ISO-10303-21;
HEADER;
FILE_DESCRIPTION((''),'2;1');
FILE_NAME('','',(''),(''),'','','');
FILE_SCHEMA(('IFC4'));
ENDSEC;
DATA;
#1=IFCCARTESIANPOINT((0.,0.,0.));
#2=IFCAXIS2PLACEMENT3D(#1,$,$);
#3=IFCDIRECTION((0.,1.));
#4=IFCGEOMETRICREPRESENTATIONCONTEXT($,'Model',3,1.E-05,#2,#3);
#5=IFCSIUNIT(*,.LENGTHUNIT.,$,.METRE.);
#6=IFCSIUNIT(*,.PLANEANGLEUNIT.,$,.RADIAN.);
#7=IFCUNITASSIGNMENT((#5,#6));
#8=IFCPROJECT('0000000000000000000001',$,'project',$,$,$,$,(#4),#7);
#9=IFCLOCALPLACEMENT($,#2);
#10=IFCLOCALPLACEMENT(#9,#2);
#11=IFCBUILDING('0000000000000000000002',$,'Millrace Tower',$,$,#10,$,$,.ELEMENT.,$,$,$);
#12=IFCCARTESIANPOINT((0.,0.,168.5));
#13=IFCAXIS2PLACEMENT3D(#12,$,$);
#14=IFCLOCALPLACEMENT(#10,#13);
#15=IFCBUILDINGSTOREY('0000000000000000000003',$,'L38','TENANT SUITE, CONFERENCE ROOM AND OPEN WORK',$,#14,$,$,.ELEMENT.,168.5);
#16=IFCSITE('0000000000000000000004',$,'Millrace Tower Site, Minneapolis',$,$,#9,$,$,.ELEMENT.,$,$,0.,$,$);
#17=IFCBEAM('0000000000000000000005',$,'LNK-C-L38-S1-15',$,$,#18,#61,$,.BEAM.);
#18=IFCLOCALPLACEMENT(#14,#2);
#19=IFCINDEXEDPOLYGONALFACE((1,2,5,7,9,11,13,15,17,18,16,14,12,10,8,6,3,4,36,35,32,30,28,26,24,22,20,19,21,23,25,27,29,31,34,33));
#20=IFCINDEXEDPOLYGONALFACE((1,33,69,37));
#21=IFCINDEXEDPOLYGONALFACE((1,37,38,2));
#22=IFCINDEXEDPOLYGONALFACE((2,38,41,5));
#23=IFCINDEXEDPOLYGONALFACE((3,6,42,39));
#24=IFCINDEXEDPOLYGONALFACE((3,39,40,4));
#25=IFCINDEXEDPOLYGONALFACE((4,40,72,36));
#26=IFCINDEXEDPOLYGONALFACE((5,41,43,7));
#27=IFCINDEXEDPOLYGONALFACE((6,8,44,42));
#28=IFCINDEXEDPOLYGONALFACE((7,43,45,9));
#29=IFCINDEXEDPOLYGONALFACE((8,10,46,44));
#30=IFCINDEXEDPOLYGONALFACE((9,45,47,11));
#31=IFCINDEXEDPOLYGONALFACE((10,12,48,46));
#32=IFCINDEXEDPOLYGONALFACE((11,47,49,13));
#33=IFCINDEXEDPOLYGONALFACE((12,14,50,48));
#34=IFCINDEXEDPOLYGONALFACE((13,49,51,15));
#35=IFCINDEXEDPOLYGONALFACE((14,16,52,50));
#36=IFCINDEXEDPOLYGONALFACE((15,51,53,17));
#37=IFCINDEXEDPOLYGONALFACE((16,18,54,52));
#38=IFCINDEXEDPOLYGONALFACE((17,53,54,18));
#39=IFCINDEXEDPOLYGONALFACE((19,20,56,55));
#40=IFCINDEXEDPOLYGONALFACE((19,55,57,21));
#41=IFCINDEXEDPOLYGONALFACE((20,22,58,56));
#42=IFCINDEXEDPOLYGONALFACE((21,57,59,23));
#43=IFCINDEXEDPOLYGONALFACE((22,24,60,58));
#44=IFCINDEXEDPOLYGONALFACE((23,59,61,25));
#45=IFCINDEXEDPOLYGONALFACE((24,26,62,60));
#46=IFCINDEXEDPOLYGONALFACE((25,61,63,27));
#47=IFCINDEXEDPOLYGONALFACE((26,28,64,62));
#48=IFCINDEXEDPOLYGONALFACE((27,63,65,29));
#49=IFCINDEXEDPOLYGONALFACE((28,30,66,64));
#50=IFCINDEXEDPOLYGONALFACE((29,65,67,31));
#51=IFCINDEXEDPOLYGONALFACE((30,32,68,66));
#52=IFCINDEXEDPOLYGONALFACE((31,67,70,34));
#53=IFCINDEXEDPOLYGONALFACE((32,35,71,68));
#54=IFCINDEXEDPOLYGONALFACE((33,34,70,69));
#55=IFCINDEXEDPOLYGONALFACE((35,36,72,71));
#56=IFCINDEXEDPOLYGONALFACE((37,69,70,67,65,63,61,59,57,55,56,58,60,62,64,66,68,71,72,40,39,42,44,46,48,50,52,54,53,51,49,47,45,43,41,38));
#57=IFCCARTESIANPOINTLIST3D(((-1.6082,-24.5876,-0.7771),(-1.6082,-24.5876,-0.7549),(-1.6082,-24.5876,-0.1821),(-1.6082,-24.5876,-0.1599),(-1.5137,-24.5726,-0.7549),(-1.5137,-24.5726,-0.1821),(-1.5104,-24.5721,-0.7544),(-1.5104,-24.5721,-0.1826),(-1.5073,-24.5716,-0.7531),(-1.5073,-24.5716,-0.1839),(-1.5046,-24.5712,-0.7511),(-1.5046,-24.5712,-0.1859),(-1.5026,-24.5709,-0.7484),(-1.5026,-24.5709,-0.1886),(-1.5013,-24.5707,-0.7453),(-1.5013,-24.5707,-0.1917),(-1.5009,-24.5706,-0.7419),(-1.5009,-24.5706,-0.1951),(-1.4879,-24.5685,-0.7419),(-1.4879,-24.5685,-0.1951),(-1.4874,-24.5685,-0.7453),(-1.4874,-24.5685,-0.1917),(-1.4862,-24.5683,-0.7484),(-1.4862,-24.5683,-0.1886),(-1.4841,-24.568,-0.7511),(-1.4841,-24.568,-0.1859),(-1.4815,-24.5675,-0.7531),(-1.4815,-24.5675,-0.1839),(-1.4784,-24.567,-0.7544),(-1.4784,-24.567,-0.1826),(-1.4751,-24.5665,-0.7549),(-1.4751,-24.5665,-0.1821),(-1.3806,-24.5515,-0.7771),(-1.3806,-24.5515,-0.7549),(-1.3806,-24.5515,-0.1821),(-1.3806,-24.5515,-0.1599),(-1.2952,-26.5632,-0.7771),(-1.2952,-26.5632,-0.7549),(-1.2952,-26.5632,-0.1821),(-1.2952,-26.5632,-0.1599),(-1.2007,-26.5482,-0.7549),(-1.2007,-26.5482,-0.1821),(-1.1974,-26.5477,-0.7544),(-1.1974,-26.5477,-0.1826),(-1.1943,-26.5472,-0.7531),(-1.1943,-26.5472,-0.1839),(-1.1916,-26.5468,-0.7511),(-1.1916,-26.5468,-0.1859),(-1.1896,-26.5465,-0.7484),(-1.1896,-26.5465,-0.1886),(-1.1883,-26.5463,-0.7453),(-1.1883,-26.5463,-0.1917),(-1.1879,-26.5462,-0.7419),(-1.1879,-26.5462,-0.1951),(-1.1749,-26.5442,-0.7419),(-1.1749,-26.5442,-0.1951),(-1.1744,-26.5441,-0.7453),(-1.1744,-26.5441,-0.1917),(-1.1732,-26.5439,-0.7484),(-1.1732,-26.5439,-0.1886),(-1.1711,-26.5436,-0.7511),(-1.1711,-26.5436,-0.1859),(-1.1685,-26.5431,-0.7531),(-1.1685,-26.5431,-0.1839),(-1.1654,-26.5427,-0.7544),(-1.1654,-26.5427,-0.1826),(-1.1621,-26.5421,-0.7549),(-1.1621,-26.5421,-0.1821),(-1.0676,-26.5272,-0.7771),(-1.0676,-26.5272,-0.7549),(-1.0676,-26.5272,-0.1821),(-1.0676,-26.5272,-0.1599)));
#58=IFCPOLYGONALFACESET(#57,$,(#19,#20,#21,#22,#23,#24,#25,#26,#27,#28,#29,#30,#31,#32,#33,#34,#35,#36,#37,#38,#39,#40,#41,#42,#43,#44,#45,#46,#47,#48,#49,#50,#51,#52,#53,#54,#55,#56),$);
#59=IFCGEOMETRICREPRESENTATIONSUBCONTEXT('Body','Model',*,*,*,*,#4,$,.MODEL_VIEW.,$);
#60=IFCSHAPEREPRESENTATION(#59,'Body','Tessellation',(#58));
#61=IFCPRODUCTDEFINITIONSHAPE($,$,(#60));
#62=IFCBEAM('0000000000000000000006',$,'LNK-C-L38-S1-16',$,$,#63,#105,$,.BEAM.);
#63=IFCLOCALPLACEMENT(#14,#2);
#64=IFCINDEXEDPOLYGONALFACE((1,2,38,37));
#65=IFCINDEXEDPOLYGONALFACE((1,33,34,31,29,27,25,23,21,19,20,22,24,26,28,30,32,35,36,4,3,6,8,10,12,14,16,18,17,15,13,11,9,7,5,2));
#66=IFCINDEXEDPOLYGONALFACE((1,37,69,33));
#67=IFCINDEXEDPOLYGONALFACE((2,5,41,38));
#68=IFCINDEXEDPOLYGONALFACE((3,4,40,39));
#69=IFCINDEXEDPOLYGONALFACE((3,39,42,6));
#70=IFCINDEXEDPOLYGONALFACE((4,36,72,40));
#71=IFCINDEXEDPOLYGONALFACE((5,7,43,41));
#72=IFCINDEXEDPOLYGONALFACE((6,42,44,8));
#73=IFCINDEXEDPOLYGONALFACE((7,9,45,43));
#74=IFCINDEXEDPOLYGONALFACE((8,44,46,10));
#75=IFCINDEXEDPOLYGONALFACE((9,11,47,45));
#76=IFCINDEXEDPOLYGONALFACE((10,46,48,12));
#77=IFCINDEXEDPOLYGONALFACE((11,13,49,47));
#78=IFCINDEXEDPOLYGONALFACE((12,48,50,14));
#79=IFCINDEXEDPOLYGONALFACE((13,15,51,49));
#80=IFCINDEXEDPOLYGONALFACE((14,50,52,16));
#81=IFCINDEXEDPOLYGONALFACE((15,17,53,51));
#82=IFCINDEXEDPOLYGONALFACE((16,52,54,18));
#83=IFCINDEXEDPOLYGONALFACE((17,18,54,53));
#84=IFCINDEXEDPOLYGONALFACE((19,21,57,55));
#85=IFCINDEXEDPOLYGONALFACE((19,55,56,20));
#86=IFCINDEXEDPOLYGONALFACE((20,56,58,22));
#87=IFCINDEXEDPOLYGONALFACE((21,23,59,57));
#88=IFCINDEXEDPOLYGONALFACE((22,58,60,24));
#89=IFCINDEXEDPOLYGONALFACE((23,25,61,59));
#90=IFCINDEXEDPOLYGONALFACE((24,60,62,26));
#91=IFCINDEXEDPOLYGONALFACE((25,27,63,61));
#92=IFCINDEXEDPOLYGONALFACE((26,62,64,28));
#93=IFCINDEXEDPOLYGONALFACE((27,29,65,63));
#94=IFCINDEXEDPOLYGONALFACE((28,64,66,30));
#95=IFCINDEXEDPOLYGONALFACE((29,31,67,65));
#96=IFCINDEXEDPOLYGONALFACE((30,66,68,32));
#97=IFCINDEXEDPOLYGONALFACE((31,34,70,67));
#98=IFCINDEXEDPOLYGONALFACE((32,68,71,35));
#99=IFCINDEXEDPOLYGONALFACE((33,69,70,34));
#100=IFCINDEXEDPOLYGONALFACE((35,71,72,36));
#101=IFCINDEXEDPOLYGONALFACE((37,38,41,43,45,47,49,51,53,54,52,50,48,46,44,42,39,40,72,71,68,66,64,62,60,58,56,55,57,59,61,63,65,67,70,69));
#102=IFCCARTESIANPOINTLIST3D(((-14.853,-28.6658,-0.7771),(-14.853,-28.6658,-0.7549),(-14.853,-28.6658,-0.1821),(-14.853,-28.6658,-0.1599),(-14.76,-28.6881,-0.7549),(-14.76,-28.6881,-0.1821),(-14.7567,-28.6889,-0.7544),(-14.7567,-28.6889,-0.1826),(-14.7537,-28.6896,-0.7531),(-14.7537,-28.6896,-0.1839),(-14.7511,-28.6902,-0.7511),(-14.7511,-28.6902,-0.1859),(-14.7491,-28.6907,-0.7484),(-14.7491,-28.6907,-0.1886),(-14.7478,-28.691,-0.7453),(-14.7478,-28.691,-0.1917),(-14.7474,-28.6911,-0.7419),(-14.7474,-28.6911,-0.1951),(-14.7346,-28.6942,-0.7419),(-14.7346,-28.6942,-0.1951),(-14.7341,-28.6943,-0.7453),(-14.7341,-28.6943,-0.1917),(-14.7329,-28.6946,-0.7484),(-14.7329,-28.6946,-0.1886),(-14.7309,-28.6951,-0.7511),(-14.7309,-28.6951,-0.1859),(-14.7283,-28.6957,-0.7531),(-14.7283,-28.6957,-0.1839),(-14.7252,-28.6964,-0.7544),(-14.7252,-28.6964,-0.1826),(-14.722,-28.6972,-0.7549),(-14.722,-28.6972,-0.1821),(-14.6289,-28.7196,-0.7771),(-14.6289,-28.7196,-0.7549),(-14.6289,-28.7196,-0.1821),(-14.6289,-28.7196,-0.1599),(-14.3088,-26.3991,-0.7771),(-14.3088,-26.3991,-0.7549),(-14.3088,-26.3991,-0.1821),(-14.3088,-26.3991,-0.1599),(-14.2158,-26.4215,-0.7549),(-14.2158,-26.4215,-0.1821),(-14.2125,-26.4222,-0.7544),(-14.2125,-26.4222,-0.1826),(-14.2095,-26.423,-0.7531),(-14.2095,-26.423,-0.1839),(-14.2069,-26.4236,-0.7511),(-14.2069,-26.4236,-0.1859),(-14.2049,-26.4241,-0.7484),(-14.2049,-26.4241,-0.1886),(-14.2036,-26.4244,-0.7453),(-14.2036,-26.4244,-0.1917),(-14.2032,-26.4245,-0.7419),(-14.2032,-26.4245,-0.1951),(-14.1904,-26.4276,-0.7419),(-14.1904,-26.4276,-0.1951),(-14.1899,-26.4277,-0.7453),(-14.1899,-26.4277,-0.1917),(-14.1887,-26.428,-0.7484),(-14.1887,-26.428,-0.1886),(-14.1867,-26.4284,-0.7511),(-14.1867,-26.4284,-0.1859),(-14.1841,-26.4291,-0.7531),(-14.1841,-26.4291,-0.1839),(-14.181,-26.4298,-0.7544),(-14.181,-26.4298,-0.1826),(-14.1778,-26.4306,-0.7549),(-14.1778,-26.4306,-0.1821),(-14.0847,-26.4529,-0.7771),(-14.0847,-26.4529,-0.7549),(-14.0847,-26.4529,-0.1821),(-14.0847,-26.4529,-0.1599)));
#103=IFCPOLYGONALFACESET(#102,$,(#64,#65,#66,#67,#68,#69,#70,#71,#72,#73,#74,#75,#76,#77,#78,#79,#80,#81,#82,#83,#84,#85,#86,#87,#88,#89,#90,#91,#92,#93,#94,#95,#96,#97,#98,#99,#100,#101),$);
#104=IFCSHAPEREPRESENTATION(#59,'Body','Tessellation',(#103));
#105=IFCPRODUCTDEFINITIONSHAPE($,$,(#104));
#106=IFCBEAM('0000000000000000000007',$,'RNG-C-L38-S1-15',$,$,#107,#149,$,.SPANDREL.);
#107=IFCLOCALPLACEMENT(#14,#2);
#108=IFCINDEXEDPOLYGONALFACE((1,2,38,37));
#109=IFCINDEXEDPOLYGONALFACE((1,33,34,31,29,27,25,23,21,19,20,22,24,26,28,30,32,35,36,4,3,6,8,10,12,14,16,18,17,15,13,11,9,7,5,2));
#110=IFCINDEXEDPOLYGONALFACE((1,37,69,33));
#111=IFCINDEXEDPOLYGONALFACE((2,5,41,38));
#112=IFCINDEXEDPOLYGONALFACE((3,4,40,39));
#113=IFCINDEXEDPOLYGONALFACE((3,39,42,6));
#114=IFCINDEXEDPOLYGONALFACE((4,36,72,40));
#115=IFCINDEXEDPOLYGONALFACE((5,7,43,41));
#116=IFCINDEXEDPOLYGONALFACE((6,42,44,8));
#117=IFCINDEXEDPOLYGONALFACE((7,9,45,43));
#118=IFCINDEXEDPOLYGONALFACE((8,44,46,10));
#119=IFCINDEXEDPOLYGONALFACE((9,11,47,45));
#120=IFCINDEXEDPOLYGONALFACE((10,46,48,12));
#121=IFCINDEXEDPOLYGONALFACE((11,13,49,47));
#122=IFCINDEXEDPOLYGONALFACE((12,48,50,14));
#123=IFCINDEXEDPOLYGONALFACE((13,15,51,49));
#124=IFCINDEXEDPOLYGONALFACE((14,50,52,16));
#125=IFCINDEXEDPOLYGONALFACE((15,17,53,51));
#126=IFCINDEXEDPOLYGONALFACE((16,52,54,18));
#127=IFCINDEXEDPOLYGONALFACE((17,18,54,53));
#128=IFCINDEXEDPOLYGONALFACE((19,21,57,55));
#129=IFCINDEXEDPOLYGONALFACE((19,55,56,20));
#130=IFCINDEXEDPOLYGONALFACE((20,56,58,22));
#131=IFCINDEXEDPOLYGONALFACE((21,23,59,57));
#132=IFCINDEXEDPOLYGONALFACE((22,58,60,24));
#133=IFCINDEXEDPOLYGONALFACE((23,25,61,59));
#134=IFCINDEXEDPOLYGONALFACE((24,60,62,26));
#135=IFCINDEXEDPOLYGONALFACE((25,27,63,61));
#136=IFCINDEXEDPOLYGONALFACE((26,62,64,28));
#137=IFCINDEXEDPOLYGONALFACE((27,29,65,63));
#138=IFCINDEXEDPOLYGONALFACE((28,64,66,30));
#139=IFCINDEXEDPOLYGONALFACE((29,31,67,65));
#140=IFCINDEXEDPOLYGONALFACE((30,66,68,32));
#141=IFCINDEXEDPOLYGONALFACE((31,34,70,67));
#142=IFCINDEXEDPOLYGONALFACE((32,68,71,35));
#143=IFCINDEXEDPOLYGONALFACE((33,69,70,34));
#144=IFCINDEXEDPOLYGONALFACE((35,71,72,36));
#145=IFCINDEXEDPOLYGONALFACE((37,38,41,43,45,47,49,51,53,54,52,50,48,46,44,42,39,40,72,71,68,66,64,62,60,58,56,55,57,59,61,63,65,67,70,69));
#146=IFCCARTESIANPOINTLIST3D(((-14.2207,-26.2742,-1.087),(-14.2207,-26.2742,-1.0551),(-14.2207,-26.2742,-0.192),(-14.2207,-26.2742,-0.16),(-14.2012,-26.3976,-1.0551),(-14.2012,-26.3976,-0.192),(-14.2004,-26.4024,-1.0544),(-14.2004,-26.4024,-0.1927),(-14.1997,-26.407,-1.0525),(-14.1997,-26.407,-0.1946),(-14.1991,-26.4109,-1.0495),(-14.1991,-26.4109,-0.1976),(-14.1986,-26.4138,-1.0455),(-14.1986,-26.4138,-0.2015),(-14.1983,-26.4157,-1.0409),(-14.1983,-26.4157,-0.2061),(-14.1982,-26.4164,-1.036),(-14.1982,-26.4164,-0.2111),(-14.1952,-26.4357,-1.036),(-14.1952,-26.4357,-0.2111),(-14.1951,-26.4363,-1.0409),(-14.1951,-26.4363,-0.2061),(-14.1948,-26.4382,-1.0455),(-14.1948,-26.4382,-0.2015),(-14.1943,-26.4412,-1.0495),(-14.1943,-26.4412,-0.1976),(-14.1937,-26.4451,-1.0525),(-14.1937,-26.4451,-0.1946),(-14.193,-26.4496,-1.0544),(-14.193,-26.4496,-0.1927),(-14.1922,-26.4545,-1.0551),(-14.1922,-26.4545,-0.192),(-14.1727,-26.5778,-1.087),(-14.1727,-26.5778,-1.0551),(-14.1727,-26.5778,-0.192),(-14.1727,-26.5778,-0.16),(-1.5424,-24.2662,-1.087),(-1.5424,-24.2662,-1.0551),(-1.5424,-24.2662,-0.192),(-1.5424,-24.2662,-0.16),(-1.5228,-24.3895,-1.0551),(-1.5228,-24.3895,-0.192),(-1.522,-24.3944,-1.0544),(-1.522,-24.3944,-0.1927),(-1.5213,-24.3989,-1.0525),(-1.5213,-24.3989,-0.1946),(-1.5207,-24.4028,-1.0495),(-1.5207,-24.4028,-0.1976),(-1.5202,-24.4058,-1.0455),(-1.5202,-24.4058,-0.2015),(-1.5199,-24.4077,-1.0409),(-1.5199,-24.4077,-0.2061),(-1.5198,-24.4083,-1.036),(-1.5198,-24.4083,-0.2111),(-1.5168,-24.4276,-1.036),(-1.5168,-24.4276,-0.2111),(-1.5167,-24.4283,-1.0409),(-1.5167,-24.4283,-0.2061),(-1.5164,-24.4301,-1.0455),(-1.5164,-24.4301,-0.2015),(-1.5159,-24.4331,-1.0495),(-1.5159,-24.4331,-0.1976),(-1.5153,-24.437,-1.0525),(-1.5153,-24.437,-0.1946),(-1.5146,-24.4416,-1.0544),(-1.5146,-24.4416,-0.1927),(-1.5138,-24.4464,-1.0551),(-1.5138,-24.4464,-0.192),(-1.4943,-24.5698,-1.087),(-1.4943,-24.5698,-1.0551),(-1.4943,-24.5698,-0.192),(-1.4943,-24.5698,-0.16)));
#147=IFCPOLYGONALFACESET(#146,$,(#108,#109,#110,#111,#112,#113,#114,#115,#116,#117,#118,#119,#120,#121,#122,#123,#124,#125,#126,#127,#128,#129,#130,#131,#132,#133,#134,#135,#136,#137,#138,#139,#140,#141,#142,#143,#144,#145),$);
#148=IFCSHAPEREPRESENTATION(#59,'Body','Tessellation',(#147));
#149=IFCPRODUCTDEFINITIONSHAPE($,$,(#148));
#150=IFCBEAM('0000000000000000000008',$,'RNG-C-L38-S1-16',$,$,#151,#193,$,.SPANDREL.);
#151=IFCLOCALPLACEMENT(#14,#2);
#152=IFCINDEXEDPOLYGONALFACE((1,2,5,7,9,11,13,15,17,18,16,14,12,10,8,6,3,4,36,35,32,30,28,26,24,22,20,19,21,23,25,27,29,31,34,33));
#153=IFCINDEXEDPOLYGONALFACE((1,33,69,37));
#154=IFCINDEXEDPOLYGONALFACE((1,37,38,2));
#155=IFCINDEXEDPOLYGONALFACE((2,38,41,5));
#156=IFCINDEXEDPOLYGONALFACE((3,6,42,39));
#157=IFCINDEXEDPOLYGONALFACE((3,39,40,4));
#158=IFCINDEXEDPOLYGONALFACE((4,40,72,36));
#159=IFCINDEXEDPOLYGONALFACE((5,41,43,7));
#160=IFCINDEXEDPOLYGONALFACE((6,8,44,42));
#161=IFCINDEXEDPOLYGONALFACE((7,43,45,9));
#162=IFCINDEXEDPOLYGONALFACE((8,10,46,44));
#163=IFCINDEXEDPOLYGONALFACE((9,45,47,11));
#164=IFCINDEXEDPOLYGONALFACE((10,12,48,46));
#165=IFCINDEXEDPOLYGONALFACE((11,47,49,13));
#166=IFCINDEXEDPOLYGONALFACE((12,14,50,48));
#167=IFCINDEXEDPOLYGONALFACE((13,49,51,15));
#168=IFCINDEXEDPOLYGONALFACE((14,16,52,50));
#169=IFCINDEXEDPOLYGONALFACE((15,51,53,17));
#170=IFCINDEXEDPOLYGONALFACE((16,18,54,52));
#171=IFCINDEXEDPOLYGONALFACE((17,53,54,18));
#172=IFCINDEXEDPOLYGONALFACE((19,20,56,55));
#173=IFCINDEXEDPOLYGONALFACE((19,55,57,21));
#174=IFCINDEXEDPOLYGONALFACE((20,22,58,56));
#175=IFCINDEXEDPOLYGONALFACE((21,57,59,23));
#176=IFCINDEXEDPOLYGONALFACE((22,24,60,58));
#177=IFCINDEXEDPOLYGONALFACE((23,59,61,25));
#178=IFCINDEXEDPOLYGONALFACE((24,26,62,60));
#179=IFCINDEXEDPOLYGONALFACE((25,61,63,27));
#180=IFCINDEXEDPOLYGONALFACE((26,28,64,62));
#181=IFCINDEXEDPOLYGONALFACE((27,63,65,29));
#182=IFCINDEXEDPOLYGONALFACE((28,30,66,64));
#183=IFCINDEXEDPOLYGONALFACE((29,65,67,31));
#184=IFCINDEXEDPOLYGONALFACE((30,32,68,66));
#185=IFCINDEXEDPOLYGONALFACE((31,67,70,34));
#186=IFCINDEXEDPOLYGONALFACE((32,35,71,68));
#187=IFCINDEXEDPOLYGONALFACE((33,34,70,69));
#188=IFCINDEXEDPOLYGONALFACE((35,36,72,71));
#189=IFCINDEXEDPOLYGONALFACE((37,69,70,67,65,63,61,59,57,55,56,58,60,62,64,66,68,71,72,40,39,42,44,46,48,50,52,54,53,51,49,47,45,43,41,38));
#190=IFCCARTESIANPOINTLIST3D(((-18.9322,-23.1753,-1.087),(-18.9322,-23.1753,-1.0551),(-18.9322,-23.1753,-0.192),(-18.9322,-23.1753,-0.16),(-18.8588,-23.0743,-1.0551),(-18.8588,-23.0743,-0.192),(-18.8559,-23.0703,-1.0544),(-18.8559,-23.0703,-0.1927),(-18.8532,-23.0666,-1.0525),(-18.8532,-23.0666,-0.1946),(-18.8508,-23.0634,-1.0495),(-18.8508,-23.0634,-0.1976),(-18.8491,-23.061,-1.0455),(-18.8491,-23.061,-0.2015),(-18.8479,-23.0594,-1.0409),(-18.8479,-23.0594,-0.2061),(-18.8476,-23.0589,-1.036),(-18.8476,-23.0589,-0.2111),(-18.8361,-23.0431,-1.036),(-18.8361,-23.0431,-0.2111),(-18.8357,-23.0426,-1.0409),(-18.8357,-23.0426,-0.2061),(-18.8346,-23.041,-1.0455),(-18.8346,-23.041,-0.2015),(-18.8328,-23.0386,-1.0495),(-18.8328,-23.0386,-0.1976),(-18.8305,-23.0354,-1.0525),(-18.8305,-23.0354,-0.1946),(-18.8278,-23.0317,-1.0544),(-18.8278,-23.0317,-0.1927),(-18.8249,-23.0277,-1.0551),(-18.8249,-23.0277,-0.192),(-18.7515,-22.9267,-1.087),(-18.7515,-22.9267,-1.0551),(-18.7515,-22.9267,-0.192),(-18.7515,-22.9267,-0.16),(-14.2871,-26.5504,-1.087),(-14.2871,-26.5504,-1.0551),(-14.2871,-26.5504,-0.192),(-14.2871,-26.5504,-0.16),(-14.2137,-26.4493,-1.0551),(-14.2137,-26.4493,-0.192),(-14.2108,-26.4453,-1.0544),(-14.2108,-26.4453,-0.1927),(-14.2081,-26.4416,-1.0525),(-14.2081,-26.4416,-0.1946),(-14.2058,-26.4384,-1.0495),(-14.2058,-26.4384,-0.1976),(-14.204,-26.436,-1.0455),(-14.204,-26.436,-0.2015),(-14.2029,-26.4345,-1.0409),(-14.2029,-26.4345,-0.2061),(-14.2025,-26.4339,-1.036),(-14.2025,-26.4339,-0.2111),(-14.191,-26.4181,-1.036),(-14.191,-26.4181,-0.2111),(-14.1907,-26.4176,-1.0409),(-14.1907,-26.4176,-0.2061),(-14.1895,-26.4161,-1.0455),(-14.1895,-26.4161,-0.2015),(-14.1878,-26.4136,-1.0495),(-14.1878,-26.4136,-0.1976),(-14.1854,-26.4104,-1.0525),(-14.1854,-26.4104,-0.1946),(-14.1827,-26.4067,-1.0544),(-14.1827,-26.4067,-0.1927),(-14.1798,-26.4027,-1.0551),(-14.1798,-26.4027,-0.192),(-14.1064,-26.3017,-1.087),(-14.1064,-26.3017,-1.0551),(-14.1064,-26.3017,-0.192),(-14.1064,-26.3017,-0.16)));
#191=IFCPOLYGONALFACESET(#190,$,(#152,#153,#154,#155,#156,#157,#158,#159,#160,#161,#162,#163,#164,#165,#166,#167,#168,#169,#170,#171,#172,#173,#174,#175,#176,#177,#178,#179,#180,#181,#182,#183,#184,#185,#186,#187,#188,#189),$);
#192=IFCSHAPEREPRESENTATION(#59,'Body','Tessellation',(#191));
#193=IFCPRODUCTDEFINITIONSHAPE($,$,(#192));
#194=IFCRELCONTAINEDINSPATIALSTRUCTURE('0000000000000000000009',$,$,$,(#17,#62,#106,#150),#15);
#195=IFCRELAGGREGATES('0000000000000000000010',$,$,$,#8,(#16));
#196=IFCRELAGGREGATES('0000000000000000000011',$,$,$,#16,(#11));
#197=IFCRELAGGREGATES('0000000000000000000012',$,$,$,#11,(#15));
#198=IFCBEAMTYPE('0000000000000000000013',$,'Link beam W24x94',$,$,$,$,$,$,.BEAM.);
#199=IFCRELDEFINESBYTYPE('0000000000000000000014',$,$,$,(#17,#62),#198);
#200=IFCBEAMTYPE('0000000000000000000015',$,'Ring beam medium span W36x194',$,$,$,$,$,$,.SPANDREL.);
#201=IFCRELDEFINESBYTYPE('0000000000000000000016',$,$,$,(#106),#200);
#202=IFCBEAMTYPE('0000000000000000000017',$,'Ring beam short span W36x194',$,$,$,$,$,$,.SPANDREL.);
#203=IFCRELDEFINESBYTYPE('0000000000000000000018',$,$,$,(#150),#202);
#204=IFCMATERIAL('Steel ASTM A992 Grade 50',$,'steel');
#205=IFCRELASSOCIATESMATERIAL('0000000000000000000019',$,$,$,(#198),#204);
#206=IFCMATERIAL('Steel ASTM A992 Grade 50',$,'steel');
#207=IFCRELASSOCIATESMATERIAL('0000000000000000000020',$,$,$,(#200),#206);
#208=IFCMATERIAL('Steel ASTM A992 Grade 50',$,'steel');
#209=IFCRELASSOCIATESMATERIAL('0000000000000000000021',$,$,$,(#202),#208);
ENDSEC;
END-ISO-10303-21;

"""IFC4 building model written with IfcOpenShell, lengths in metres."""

from ifc_helpers import new_model, si_unit, direction, frame, origin, origin_2d, place, context, subcontext, project, spatial, i_section, extrude, material, material_profile, profile_set, type_object, element, save


model = new_model("IFC4")

# Units and contexts
model_context = context("Model", 3, precision=1e-05, world=origin(), true_north=direction((0.0, 1.0)))
body_context = subcontext(model_context, "Body", "Model", "MODEL_VIEW")
ifc_project = project(units=[si_unit("LENGTHUNIT", "METRE"), si_unit("PLANEANGLEUNIT", "RADIAN")], contexts=[model_context])

# Site, building, storey
site_placement = place(None, origin())
site = spatial("IfcSite", under=ifc_project, at=site_placement, Name="Millrace Tower Site, Minneapolis", CompositionType="ELEMENT", RefElevation=0.0)
building_placement = place(site_placement, origin())
building = spatial("IfcBuilding", under=site, at=building_placement, Name="Millrace Tower", CompositionType="ELEMENT")
storey_placement = place(building_placement, frame((0.0, 0.0, 168.5)))
storey = spatial("IfcBuildingStorey", under=building, at=storey_placement, Name="L38", Description="TENANT SUITE, CONFERENCE ROOM AND OPEN WORK", CompositionType="ELEMENT", Elevation=168.5)

# Beams
ifc_material_1 = material(Name="Steel ASTM A992 Grade 50", Category="steel")
ifc_material_profile_1 = material_profile(ifc_material_1, i_section(OverallWidth=0.2305, OverallDepth=0.6172, WebThickness=0.0132, FlangeThickness=0.0222, FilletRadius=0.0129, at=origin_2d()))
ifc_profile_set_1 = profile_set([ifc_material_profile_1], Name="Steel ASTM A992 Grade 50")
beam_type_1 = type_object("IfcBeamType", Name="Link beam W24x94", PredefinedType="BEAM", material=ifc_profile_set_1)
beam_1_placement = place(storey_placement, frame((-1.4944, -24.5696, -0.4685), z_axis=(0.156477, -0.987682, 0.0), x_axis=(0.987682, 0.156477, 0.0)))
element("IfcBeam", 1, at=beam_1_placement, inside=storey, type_object=beam_type_1, Name="LNK-C-L38-S1-15", PredefinedType="BEAM", context=body_context, shape_type="SweptSolid", body=[
    extrude(i_section(OverallWidth=0.2305, OverallDepth=0.6172, WebThickness=0.0132, FlangeThickness=0.0222, FilletRadius=0.0129, at=origin_2d()), origin(), (0.0, 0.0, 1.0), 2.0002),
])
beam_2_placement = place(storey_placement, frame((-14.1968, -26.426, -0.4685), z_axis=(-0.233456, -0.972367, 0.0), x_axis=(0.972367, -0.233456, 0.0)))
element("IfcBeam", 2, at=beam_2_placement, inside=storey, type_object=beam_type_1, Name="LNK-C-L38-S1-16", PredefinedType="BEAM", context=body_context, shape_type="SweptSolid", body=[
    extrude(i_section(OverallWidth=0.2305, OverallDepth=0.6172, WebThickness=0.0132, FlangeThickness=0.0222, FilletRadius=0.0129, at=origin_2d()), origin(), (0.0, 0.0, 1.0), 2.3311),
])
ifc_material_2 = material(Name="Steel ASTM A992 Grade 50", Category="steel")
ifc_material_profile_2 = material_profile(ifc_material_2, i_section(OverallWidth=0.3074, OverallDepth=0.927, WebThickness=0.0195, FlangeThickness=0.032, FilletRadius=0.019, at=origin_2d()))
ifc_profile_set_2 = profile_set([ifc_material_profile_2], Name="Steel ASTM A992 Grade 50")
beam_type_2 = type_object("IfcBeamType", Name="Ring beam medium span W36x194", PredefinedType="SPANDREL", material=ifc_profile_set_2)
beam_3_placement = place(storey_placement, frame((-1.5183, -24.418, -0.6235), z_axis=(-0.987689, -0.156433, 0.0), x_axis=(0.156433, -0.987689, 0.0)))
element("IfcBeam", 3, at=beam_3_placement, inside=storey, type_object=beam_type_2, Name="RNG-C-L38-S1-15", PredefinedType="SPANDREL", context=body_context, shape_type="SweptSolid", body=[
    extrude(i_section(OverallWidth=0.3074, OverallDepth=0.927, WebThickness=0.0195, FlangeThickness=0.032, FilletRadius=0.019, at=origin_2d()), origin(), (0.0, 0.0, 1.0), 12.8364),
])
ifc_material_3 = material(Name="Steel ASTM A992 Grade 50", Category="steel")
ifc_material_profile_3 = material_profile(ifc_material_3, i_section(OverallWidth=0.3074, OverallDepth=0.927, WebThickness=0.0195, FlangeThickness=0.032, FilletRadius=0.019, at=origin_2d()))
ifc_profile_set_3 = profile_set([ifc_material_profile_3], Name="Steel ASTM A992 Grade 50")
beam_type_3 = type_object("IfcBeamType", Name="Ring beam short span W36x194", PredefinedType="SPANDREL", material=ifc_profile_set_3)
beam_4_placement = place(storey_placement, frame((-14.1968, -26.426, -0.6235), z_axis=(-0.809001, 0.587808, 0.0), x_axis=(-0.587808, -0.809001, 0.0)))
element("IfcBeam", 4, at=beam_4_placement, inside=storey, type_object=beam_type_3, Name="RNG-C-L38-S1-16", PredefinedType="SPANDREL", context=body_context, shape_type="SweptSolid", body=[
    extrude(i_section(OverallWidth=0.3074, OverallDepth=0.927, WebThickness=0.0195, FlangeThickness=0.032, FilletRadius=0.019, at=origin_2d()), origin(), (0.0, 0.0, 1.0), 5.7417),
])

save(model, "model.ifc")
